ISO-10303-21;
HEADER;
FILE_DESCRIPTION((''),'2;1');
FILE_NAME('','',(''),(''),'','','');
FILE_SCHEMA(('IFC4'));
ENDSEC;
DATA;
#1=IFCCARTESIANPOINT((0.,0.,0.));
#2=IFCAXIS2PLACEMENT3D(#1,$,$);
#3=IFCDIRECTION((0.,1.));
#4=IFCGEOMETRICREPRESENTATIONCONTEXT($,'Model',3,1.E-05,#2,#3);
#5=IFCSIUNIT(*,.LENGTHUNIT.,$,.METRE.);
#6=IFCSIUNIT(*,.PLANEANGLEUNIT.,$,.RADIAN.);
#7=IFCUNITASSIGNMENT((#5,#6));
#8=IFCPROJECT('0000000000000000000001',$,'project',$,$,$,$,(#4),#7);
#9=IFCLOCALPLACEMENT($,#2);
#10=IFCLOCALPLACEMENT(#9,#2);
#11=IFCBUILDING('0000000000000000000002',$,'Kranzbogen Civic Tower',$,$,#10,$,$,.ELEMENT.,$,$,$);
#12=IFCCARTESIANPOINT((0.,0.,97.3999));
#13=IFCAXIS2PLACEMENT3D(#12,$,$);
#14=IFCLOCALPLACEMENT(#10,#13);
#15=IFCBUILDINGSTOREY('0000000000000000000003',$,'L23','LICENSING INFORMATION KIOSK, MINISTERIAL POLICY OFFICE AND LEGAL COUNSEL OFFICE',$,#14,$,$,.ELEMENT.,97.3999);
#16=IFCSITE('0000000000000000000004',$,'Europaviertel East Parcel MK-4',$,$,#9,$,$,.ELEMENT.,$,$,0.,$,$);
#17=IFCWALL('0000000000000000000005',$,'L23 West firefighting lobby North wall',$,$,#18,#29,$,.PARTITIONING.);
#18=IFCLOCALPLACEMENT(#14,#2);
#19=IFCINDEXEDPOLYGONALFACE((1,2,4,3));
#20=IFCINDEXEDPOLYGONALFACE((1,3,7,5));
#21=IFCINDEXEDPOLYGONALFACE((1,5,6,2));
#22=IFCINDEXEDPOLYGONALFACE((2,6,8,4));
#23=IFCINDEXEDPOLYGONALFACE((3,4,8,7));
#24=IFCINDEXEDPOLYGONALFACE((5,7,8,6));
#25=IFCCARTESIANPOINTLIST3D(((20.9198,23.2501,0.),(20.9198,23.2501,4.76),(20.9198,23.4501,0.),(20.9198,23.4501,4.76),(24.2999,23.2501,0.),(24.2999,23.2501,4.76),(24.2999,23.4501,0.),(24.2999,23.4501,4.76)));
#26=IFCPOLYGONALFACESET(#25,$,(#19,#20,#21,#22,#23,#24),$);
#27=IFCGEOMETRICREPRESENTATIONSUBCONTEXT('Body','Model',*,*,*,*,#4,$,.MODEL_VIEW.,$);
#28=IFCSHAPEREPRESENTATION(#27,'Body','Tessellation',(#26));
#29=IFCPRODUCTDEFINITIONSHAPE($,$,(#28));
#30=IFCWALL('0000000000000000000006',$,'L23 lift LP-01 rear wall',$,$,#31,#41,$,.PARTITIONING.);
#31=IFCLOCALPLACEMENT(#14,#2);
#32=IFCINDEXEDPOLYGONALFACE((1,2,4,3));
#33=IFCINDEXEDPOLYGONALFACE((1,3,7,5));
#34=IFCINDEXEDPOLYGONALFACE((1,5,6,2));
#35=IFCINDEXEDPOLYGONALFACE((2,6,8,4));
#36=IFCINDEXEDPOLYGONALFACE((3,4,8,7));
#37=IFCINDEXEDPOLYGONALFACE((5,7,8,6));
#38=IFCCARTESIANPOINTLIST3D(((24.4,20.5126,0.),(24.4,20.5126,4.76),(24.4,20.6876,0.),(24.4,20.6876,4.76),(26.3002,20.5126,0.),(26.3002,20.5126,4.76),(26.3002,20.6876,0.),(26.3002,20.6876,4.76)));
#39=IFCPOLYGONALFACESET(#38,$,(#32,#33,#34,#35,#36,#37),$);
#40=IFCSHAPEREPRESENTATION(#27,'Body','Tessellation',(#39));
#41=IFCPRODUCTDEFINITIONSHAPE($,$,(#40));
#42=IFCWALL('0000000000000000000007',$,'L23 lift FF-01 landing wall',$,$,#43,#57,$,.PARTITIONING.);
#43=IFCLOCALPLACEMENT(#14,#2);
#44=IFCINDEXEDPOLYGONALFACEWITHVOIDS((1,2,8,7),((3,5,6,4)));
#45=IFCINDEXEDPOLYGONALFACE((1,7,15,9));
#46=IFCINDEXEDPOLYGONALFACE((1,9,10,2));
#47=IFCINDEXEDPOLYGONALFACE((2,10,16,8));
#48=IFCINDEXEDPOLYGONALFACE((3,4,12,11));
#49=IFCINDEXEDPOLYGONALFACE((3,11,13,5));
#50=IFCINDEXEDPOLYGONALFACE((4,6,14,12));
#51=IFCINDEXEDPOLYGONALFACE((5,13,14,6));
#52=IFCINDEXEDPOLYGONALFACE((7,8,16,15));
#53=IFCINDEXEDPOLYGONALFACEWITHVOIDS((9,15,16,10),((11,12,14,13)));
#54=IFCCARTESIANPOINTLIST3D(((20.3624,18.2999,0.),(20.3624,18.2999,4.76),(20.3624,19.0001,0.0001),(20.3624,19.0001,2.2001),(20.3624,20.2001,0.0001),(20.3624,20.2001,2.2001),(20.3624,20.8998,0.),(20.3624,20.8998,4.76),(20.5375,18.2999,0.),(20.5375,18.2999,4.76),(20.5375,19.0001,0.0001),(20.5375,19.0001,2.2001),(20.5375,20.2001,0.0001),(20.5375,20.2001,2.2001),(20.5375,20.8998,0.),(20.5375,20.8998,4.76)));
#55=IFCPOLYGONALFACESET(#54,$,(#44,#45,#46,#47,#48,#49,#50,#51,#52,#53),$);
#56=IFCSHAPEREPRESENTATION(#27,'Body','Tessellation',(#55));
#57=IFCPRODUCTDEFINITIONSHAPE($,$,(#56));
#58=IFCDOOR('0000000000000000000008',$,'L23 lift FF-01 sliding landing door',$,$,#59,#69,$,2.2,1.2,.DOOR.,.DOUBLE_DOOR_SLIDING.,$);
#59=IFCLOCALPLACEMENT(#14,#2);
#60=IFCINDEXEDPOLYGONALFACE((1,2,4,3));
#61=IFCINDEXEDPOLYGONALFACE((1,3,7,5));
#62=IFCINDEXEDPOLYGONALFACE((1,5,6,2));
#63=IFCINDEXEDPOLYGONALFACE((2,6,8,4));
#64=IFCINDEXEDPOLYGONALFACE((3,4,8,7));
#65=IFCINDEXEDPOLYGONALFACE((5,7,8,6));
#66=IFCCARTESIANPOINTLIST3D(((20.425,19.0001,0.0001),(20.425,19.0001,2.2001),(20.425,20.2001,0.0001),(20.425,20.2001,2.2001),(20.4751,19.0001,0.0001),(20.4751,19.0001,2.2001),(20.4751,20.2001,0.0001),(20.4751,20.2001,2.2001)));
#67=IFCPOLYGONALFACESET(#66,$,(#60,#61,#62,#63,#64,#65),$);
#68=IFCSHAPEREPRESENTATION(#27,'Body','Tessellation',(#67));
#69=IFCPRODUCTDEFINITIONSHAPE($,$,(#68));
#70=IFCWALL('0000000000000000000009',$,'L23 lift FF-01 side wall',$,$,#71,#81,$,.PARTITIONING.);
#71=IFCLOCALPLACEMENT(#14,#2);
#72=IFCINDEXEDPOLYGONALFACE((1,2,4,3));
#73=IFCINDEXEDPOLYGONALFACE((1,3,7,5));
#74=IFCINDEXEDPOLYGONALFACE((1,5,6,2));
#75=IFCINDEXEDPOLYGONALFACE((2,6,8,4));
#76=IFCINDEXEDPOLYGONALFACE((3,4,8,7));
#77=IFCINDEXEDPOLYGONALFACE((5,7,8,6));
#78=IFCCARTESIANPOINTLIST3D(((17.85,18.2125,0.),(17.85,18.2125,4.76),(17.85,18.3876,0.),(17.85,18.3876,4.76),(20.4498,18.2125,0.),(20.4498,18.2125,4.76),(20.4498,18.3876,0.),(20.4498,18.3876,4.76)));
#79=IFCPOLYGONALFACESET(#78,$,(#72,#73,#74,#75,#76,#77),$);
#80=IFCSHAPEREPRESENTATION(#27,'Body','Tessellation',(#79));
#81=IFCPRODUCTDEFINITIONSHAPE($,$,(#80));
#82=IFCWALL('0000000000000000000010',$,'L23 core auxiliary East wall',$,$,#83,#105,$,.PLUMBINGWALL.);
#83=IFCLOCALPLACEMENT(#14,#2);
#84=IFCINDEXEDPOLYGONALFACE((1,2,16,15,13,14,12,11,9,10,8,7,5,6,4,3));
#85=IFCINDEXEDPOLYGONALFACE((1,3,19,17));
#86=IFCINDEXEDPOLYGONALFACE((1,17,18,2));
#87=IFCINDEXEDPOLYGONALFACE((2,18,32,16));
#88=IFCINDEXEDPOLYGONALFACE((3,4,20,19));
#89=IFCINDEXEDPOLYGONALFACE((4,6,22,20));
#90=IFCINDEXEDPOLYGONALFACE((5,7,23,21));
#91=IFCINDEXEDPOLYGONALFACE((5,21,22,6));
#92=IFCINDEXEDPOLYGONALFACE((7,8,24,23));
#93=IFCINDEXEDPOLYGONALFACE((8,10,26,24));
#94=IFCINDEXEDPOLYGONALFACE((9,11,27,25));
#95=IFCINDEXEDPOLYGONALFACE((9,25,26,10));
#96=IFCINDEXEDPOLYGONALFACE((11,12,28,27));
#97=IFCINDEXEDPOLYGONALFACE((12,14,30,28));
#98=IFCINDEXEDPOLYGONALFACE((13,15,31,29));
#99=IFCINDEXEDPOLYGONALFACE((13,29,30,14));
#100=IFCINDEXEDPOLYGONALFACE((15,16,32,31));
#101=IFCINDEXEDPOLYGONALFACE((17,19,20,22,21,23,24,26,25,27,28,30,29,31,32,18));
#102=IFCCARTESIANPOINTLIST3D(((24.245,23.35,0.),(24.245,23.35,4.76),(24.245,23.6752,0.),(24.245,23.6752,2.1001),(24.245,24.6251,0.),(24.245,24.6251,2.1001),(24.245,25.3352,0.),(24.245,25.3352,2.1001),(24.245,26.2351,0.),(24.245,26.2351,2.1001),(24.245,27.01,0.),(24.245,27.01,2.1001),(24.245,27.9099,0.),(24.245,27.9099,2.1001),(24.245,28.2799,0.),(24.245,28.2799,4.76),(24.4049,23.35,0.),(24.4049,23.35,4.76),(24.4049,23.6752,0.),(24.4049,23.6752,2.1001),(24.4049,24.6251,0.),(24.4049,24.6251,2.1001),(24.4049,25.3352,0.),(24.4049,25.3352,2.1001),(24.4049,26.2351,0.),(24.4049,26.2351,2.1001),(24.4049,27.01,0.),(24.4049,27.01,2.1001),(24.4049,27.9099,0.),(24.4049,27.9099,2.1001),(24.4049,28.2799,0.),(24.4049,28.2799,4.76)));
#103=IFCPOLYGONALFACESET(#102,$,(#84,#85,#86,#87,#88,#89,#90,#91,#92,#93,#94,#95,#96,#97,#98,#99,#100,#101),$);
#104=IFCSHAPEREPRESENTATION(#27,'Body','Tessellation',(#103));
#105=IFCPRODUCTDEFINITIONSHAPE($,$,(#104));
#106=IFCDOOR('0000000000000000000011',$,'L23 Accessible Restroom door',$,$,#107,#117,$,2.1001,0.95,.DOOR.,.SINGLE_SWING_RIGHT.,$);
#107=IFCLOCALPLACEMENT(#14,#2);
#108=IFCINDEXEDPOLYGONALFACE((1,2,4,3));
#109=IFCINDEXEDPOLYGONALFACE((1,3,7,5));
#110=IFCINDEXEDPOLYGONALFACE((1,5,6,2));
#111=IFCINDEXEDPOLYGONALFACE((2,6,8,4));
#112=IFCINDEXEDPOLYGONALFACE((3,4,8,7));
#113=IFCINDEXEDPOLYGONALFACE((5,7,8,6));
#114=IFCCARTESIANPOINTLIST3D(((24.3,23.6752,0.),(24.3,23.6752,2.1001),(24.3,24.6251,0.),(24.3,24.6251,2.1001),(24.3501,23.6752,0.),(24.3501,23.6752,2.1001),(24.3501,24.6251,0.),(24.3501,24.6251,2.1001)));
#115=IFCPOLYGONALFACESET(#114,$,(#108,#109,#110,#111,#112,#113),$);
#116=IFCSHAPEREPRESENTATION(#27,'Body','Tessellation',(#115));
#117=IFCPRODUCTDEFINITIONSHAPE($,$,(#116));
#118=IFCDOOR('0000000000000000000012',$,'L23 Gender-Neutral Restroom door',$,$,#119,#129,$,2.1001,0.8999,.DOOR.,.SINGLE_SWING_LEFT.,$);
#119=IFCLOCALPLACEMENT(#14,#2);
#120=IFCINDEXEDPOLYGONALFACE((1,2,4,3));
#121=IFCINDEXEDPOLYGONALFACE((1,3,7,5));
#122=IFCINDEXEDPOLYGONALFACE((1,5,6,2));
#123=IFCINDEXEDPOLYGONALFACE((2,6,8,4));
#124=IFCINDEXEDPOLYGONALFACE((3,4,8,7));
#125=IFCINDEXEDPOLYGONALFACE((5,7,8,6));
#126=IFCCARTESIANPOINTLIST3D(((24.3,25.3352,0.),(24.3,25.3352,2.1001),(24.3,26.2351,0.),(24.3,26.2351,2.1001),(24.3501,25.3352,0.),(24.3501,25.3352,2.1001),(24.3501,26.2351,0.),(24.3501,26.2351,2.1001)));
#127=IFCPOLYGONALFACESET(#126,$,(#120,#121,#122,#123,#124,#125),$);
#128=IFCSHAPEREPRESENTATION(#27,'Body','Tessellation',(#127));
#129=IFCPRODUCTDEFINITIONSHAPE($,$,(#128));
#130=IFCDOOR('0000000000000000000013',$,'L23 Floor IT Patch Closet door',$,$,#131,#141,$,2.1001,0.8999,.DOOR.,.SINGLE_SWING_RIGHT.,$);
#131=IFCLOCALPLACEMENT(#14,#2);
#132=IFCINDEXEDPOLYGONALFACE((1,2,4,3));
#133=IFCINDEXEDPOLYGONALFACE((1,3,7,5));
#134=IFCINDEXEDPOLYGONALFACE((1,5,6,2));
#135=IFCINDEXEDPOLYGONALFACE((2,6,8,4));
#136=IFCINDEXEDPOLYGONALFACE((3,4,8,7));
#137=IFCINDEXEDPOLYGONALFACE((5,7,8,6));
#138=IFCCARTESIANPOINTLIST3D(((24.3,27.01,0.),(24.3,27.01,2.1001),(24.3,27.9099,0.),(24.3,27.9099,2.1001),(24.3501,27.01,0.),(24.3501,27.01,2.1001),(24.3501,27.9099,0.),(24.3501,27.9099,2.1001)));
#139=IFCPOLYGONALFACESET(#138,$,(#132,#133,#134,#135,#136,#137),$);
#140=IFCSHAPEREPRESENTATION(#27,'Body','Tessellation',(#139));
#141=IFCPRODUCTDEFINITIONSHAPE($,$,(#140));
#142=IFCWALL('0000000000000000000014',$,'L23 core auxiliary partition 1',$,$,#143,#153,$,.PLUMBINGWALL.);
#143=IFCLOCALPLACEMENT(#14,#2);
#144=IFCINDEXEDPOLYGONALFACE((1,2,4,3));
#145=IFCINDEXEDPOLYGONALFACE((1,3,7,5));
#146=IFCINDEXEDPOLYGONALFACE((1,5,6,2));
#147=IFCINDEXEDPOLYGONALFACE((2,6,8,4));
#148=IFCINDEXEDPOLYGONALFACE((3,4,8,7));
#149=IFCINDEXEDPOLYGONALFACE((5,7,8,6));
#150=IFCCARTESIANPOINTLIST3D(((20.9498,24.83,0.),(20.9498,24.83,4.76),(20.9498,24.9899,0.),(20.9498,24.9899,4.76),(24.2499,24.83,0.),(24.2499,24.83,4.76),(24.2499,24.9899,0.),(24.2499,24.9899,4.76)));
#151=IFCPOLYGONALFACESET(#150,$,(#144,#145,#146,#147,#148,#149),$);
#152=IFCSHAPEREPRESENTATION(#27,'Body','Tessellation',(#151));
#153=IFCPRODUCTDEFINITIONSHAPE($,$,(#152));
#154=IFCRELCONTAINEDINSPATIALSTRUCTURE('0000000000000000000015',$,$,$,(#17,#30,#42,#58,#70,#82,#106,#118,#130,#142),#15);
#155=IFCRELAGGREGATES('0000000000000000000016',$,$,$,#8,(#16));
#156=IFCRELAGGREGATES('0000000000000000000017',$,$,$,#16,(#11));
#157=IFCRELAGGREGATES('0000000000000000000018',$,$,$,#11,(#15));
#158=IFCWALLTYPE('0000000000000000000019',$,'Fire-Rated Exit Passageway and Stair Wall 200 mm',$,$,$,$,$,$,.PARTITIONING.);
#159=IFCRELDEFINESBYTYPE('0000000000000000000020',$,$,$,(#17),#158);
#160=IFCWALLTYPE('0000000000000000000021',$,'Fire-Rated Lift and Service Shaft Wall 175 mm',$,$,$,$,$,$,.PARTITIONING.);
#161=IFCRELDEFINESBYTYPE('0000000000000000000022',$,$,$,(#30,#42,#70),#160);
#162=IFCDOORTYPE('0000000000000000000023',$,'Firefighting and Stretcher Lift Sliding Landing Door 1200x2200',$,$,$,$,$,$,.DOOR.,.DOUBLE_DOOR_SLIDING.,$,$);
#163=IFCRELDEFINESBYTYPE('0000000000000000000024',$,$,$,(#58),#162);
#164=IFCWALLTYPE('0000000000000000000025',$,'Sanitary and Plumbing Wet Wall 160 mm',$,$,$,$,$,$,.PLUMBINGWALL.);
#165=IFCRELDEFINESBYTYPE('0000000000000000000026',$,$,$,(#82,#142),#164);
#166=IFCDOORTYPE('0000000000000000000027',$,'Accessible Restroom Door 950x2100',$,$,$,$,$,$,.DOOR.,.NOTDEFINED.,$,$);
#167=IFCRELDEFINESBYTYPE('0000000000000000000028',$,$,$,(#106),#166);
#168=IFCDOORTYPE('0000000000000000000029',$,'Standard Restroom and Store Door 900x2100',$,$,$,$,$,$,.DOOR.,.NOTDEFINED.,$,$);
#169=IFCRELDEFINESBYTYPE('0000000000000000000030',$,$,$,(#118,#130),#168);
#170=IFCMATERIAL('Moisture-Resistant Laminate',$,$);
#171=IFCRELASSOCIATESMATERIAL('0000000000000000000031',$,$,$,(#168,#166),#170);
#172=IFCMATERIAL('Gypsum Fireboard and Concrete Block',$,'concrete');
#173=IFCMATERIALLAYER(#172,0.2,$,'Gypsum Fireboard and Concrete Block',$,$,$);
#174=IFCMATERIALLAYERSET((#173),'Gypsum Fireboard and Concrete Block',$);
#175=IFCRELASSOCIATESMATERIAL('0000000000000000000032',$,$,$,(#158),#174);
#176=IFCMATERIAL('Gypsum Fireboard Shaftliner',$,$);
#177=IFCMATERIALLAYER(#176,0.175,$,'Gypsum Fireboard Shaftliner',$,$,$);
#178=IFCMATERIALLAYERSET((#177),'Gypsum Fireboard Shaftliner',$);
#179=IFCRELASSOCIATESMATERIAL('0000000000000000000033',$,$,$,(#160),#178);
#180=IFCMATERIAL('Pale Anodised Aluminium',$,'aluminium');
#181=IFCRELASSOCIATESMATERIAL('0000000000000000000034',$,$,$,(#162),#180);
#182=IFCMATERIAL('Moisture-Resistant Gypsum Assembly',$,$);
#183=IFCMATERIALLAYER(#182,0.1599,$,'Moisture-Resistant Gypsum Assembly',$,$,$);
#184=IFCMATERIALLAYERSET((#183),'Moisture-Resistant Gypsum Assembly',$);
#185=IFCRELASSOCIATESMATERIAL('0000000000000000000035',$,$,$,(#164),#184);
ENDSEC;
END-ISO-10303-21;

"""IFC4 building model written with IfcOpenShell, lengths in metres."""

from ifc_helpers import new_model, si_unit, direction, frame, frame_2d, origin, place, context, subcontext, project, spatial, rectangle, extrude, material, layer, layer_set, type_object, element, fill, save


model = new_model("IFC4")

# Units and contexts
model_context = context("Model", 3, precision=1e-05, world=origin(), true_north=direction((0.0, 1.0)))
body_context = subcontext(model_context, "Body", "Model", "MODEL_VIEW")
ifc_project = project(units=[si_unit("LENGTHUNIT", "METRE"), si_unit("PLANEANGLEUNIT", "RADIAN")], contexts=[model_context])

# Site, building, storey
site_placement = place(None, origin())
site = spatial("IfcSite", under=ifc_project, at=site_placement, Name="Europaviertel East Parcel MK-4", CompositionType="ELEMENT", RefElevation=0.0)
building_placement = place(site_placement, origin())
building = spatial("IfcBuilding", under=site, at=building_placement, Name="Kranzbogen Civic Tower", CompositionType="ELEMENT")
storey_placement = place(building_placement, frame((0.0, 0.0, 97.3999)))
storey = spatial("IfcBuildingStorey", under=building, at=storey_placement, Name="L23", Description="LICENSING INFORMATION KIOSK, MINISTERIAL POLICY OFFICE AND LEGAL COUNSEL OFFICE", CompositionType="ELEMENT", Elevation=97.3999)

# Shared definitions
ifc_material_1 = material(Name="Pale Anodised Aluminium", Category="aluminium")
ifc_material_2 = material(Name="Moisture-Resistant Laminate")
door_type_1 = type_object("IfcDoorType", Name="Standard Restroom and Store Door 900x2100", OperationType="NOTDEFINED", PredefinedType="DOOR", material=ifc_material_2)

# Walls
ifc_material_3 = material(Name="Gypsum Fireboard and Concrete Block", Category="concrete")
ifc_layer_1 = layer(ifc_material_3, 0.2, Name="Gypsum Fireboard and Concrete Block")
ifc_layer_set_1 = layer_set([ifc_layer_1], Name="Gypsum Fireboard and Concrete Block")
wall_type_1 = type_object("IfcWallType", Name="Fire-Rated Exit Passageway and Stair Wall 200 mm", PredefinedType="PARTITIONING", material=ifc_layer_set_1)
wall_1_placement = place(storey_placement, frame((20.9199, 23.3501, 0.0), z_axis=(0.0, 0.0, 1.0), x_axis=(1.0, 0.0, 0.0)))
element("IfcWall", 1, at=wall_1_placement, inside=storey, type_object=wall_type_1, Name="L23 West firefighting lobby North wall", PredefinedType="PARTITIONING", context=body_context, shape_type="SweptSolid", body=[
    extrude(rectangle(XDim=3.3801, YDim=0.2, at=frame_2d((1.6899, 0.0))), origin(), (0.0, 0.0, 1.0), 4.76),
])
ifc_material_4 = material(Name="Gypsum Fireboard Shaftliner")
ifc_layer_2 = layer(ifc_material_4, 0.175, Name="Gypsum Fireboard Shaftliner")
ifc_layer_set_2 = layer_set([ifc_layer_2], Name="Gypsum Fireboard Shaftliner")
wall_type_2 = type_object("IfcWallType", Name="Fire-Rated Lift and Service Shaft Wall 175 mm", PredefinedType="PARTITIONING", material=ifc_layer_set_2)
wall_2_placement = place(storey_placement, frame((24.3999, 20.6001, 0.0), z_axis=(0.0, 0.0, 1.0), x_axis=(1.0, 0.0, 0.0)))
element("IfcWall", 2, at=wall_2_placement, inside=storey, type_object=wall_type_2, Name="L23 lift LP-01 rear wall", PredefinedType="PARTITIONING", context=body_context, shape_type="SweptSolid", body=[
    extrude(rectangle(XDim=1.9001, YDim=0.175, at=frame_2d((0.9502, 0.0))), origin(), (0.0, 0.0, 1.0), 4.76),
])

# Wall, opening, door
wall_3_placement = place(storey_placement, frame((20.45, 18.3, 0.0), z_axis=(0.0, 0.0, 1.0), x_axis=(0.0, 1.0, 0.0)))
wall_3 = element("IfcWall", 3, at=wall_3_placement, inside=storey, type_object=wall_type_2, Name="L23 lift FF-01 landing wall", PredefinedType="PARTITIONING", context=body_context, shape_type="SweptSolid", body=[
    extrude(rectangle(XDim=2.5999, YDim=0.175, at=frame_2d((1.2998, 0.0))), origin(), (0.0, 0.0, 1.0), 4.76),
])
opening_1_placement = place(wall_3_placement, frame((0.7, 0.0, 0.0)))
opening_1 = element("IfcOpeningElement", 4, at=opening_1_placement, cuts=wall_3, PredefinedType="OPENING", context=body_context, shape_type="SweptSolid", body=[
    extrude(rectangle(XDim=1.2, YDim=2.2, at=frame_2d((0.6001, 1.1001))), frame((0.0, 0.0977, 0.0), z_axis=(0.0, -1.0, 0.0), x_axis=(1.0, 0.0, 0.0)), (0.0, 0.0, 1.0), 0.1951),
])
door_type_2 = type_object("IfcDoorType", Name="Firefighting and Stretcher Lift Sliding Landing Door 1200x2200", OperationType="DOUBLE_DOOR_SLIDING", PredefinedType="DOOR", material=ifc_material_1)
door_1_placement = place(opening_1_placement, origin())
door_1 = element("IfcDoor", 5, at=door_1_placement, inside=storey, type_object=door_type_2, Name="L23 lift FF-01 sliding landing door", OperationType="DOUBLE_DOOR_SLIDING", OverallHeight=2.2, OverallWidth=1.2, PredefinedType="DOOR", context=body_context, shape_type="SweptSolid", body=[
    extrude(rectangle(XDim=1.2, YDim=2.2, at=frame_2d((0.6001, 1.1001))), frame((0.0, 0.0249, 0.0), z_axis=(0.0, -1.0, 0.0), x_axis=(1.0, 0.0, 0.0)), (0.0, 0.0, 1.0), 0.05),
])
fill(opening_1, door_1)

# Wall
wall_4_placement = place(storey_placement, frame((17.8501, 18.3, 0.0), z_axis=(0.0, 0.0, 1.0), x_axis=(1.0, 0.0, 0.0)))
element("IfcWall", 6, at=wall_4_placement, inside=storey, type_object=wall_type_2, Name="L23 lift FF-01 side wall", PredefinedType="PARTITIONING", context=body_context, shape_type="SweptSolid", body=[
    extrude(rectangle(XDim=2.5999, YDim=0.175, at=frame_2d((1.2998, 0.0))), origin(), (0.0, 0.0, 1.0), 4.76),
])

# Wall, openings, doors
ifc_material_5 = material(Name="Moisture-Resistant Gypsum Assembly")
ifc_layer_3 = layer(ifc_material_5, 0.1599, Name="Moisture-Resistant Gypsum Assembly")
ifc_layer_set_3 = layer_set([ifc_layer_3], Name="Moisture-Resistant Gypsum Assembly")
wall_type_3 = type_object("IfcWallType", Name="Sanitary and Plumbing Wet Wall 160 mm", PredefinedType="PLUMBINGWALL", material=ifc_layer_set_3)
wall_5_placement = place(storey_placement, frame((24.325, 23.3501, 0.0), z_axis=(0.0, 0.0, 1.0), x_axis=(0.0, 1.0, 0.0)))
wall_5 = element("IfcWall", 7, at=wall_5_placement, inside=storey, type_object=wall_type_3, Name="L23 core auxiliary East wall", PredefinedType="PLUMBINGWALL", context=body_context, shape_type="SweptSolid", body=[
    extrude(rectangle(XDim=4.9299, YDim=0.1599, at=frame_2d((2.4648, 0.0))), origin(), (0.0, 0.0, 1.0), 4.76),
])
opening_2_placement = place(wall_5_placement, frame((0.325, 0.0, 0.0)))
opening_2 = element("IfcOpeningElement", 8, at=opening_2_placement, cuts=wall_5, PredefinedType="OPENING", context=body_context, shape_type="SweptSolid", body=[
    extrude(rectangle(XDim=0.95, YDim=2.1001, at=frame_2d((0.4751, 1.05))), frame((0.0, 0.0898, 0.0), z_axis=(0.0, -1.0, 0.0), x_axis=(1.0, 0.0, 0.0)), (0.0, 0.0, 1.0), 0.1799),
])
opening_3_placement = place(wall_5_placement, frame((1.9851, 0.0, 0.0)))
opening_3 = element("IfcOpeningElement", 9, at=opening_3_placement, cuts=wall_5, PredefinedType="OPENING", context=body_context, shape_type="SweptSolid", body=[
    extrude(rectangle(XDim=0.8999, YDim=2.1001, at=frame_2d((0.45, 1.05))), frame((0.0, 0.0898, 0.0), z_axis=(0.0, -1.0, 0.0), x_axis=(1.0, 0.0, 0.0)), (0.0, 0.0, 1.0), 0.1799),
])
opening_4_placement = place(wall_5_placement, frame((3.6599, 0.0, 0.0)))
opening_4 = element("IfcOpeningElement", 10, at=opening_4_placement, cuts=wall_5, PredefinedType="OPENING", context=body_context, shape_type="SweptSolid", body=[
    extrude(rectangle(XDim=0.8999, YDim=2.1001, at=frame_2d((0.45, 1.05))), frame((0.0, 0.0898, 0.0), z_axis=(0.0, -1.0, 0.0), x_axis=(1.0, 0.0, 0.0)), (0.0, 0.0, 1.0), 0.1799),
])
door_type_3 = type_object("IfcDoorType", Name="Accessible Restroom Door 950x2100", OperationType="NOTDEFINED", PredefinedType="DOOR", material=ifc_material_2)
door_2_placement = place(opening_2_placement, origin())
door_2 = element("IfcDoor", 11, at=door_2_placement, inside=storey, type_object=door_type_3, Name="L23 Accessible Restroom door", OperationType="SINGLE_SWING_RIGHT", OverallHeight=2.1001, OverallWidth=0.95, PredefinedType="DOOR", context=body_context, shape_type="SweptSolid", body=[
    extrude(rectangle(XDim=0.95, YDim=2.1001, at=frame_2d((0.4751, 1.05))), frame((0.0, 0.0249, 0.0), z_axis=(0.0, -1.0, 0.0), x_axis=(1.0, 0.0, 0.0)), (0.0, 0.0, 1.0), 0.05),
])
fill(opening_2, door_2)
door_3_placement = place(opening_3_placement, origin())
door_3 = element("IfcDoor", 12, at=door_3_placement, inside=storey, type_object=door_type_1, Name="L23 Gender-Neutral Restroom door", OperationType="SINGLE_SWING_LEFT", OverallHeight=2.1001, OverallWidth=0.8999, PredefinedType="DOOR", context=body_context, shape_type="SweptSolid", body=[
    extrude(rectangle(XDim=0.8999, YDim=2.1001, at=frame_2d((0.45, 1.05))), frame((0.0, 0.0249, 0.0), z_axis=(0.0, -1.0, 0.0), x_axis=(1.0, 0.0, 0.0)), (0.0, 0.0, 1.0), 0.05),
])
fill(opening_3, door_3)
door_4_placement = place(opening_4_placement, origin())
door_4 = element("IfcDoor", 13, at=door_4_placement, inside=storey, type_object=door_type_1, Name="L23 Floor IT Patch Closet door", OperationType="SINGLE_SWING_RIGHT", OverallHeight=2.1001, OverallWidth=0.8999, PredefinedType="DOOR", context=body_context, shape_type="SweptSolid", body=[
    extrude(rectangle(XDim=0.8999, YDim=2.1001, at=frame_2d((0.45, 1.05))), frame((0.0, 0.0249, 0.0), z_axis=(0.0, -1.0, 0.0), x_axis=(1.0, 0.0, 0.0)), (0.0, 0.0, 1.0), 0.05),
])
fill(opening_4, door_4)

# Wall
wall_6_placement = place(storey_placement, frame((20.95, 24.9099, 0.0), z_axis=(0.0, 0.0, 1.0), x_axis=(1.0, 0.0, 0.0)))
element("IfcWall", 14, at=wall_6_placement, inside=storey, type_object=wall_type_3, Name="L23 core auxiliary partition 1", PredefinedType="PLUMBINGWALL", context=body_context, shape_type="SweptSolid", body=[
    extrude(rectangle(XDim=3.3, YDim=0.1599, at=frame_2d((1.6499, 0.0))), origin(), (0.0, 0.0, 1.0), 4.76),
])

save(model, "model.ifc")
